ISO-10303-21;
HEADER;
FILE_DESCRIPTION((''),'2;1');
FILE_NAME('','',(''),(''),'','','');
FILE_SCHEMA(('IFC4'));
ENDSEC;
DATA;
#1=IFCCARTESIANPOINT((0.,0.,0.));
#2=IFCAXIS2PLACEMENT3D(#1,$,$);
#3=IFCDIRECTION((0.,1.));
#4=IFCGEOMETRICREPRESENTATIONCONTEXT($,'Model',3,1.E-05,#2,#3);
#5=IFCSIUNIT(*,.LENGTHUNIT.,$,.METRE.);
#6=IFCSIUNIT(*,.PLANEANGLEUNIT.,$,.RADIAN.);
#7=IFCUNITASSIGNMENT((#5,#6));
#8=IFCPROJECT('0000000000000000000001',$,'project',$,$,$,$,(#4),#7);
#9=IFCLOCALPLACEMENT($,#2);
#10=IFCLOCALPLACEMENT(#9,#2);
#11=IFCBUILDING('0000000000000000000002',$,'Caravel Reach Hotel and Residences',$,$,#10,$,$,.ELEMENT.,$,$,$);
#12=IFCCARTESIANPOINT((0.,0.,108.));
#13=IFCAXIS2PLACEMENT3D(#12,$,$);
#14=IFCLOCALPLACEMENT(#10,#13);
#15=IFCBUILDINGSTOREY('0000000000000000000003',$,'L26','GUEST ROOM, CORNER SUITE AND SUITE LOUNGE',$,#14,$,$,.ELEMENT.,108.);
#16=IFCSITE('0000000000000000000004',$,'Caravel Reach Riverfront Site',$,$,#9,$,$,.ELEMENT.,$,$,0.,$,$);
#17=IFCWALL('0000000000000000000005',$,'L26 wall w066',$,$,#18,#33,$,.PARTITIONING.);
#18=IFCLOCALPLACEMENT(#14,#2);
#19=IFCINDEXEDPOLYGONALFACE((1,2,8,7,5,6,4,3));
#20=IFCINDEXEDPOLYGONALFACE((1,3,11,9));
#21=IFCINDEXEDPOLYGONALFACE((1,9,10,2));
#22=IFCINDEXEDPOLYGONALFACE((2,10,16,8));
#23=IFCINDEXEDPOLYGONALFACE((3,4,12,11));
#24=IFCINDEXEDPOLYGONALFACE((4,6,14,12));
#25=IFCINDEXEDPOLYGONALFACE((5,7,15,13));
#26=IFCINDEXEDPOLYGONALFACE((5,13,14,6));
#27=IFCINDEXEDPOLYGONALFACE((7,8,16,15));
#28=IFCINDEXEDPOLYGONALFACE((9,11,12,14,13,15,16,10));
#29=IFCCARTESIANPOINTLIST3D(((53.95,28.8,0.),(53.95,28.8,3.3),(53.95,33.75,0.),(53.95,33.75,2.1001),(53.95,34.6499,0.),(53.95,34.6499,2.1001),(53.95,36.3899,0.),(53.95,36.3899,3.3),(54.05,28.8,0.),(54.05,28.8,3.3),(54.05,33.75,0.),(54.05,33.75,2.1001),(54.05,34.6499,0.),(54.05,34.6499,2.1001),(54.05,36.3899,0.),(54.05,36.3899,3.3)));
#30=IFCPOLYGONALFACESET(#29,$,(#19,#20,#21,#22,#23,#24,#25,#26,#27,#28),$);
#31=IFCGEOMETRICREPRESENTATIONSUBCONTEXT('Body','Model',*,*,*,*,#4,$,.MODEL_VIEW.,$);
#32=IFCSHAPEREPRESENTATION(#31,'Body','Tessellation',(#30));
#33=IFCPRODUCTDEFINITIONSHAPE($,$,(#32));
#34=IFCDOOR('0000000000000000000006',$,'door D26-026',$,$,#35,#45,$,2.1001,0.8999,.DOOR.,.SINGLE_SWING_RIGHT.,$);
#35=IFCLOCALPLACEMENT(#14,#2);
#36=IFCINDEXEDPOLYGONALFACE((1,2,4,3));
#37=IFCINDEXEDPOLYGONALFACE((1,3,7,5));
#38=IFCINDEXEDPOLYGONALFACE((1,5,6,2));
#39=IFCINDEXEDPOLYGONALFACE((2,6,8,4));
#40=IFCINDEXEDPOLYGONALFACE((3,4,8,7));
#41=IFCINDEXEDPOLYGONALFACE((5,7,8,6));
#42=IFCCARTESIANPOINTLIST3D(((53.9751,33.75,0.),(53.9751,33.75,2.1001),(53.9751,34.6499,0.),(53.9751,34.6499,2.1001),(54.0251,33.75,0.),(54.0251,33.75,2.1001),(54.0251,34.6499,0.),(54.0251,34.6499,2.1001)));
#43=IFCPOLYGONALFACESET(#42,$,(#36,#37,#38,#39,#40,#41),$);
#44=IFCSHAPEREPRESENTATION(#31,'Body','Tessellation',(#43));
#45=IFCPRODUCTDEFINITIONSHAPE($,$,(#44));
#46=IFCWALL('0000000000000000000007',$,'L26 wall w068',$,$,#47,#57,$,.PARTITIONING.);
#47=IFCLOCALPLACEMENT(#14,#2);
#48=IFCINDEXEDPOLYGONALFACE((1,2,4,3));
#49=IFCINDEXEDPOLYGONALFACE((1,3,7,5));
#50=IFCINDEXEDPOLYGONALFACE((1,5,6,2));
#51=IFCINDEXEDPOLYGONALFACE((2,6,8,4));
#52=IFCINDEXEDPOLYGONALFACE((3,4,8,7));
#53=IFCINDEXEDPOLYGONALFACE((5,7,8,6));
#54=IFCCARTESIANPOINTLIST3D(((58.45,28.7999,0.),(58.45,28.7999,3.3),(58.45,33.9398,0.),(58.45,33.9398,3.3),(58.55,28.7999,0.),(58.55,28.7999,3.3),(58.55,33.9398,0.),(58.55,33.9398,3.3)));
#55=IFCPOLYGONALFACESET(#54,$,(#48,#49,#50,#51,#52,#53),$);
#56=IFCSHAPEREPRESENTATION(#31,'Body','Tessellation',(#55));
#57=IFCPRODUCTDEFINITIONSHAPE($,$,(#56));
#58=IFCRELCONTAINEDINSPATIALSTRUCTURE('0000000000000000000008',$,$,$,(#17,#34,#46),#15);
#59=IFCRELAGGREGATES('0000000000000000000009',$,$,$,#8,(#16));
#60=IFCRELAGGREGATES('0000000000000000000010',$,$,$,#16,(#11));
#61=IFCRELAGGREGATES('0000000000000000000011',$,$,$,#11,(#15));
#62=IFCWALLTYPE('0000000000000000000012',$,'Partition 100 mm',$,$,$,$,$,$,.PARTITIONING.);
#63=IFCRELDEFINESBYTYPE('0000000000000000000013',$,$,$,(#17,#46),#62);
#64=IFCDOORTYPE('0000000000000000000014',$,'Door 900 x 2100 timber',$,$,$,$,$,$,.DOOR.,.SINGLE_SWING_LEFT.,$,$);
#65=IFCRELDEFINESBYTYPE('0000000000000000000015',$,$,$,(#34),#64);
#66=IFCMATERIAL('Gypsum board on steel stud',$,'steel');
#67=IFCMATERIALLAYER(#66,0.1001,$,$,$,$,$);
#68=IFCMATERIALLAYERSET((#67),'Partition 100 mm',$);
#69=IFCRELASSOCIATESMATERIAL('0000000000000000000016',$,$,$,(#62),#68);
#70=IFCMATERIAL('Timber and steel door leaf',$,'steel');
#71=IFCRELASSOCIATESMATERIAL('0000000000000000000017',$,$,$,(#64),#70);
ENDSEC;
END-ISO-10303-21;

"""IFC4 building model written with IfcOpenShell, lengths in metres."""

from ifc_helpers import new_model, si_unit, direction, frame, frame_2d, origin, place, context, subcontext, project, spatial, rectangle, extrude, material, layer, layer_set, type_object, element, fill, save


model = new_model("IFC4")

# Units and contexts
model_context = context("Model", 3, precision=1e-05, world=origin(), true_north=direction((0.0, 1.0)))
body_context = subcontext(model_context, "Body", "Model", "MODEL_VIEW")
ifc_project = project(units=[si_unit("LENGTHUNIT", "METRE"), si_unit("PLANEANGLEUNIT", "RADIAN")], contexts=[model_context])

# Site, building, storey
site_placement = place(None, origin())
site = spatial("IfcSite", under=ifc_project, at=site_placement, Name="Caravel Reach Riverfront Site", CompositionType="ELEMENT", RefElevation=0.0)
building_placement = place(site_placement, origin())
building = spatial("IfcBuilding", under=site, at=building_placement, Name="Caravel Reach Hotel and Residences", CompositionType="ELEMENT")
storey_placement = place(building_placement, frame((0.0, 0.0, 108.0)))
storey = spatial("IfcBuildingStorey", under=building, at=storey_placement, Name="L26", Description="GUEST ROOM, CORNER SUITE AND SUITE LOUNGE", CompositionType="ELEMENT", Elevation=108.0)

# Wall, opening, door
ifc_material_1 = material(Name="Gypsum board on steel stud", Category="steel")
ifc_layer_1 = layer(ifc_material_1, 0.1001)
ifc_layer_set_1 = layer_set([ifc_layer_1], Name="Partition 100 mm")
wall_type_1 = type_object("IfcWallType", Name="Partition 100 mm", PredefinedType="PARTITIONING", material=ifc_layer_set_1)
wall_1_placement = place(storey_placement, frame((54.0, 28.8, 0.0), z_axis=(0.0, 0.0, 1.0), x_axis=(0.0, 1.0, 0.0)))
wall_1 = element("IfcWall", 1, at=wall_1_placement, inside=storey, type_object=wall_type_1, Name="L26 wall w066", PredefinedType="PARTITIONING", context=body_context, shape_type="SweptSolid", body=[
    extrude(rectangle(XDim=7.5898, YDim=0.1001, at=frame_2d((3.7949, 0.0))), origin(), (0.0, 0.0, 1.0), 3.3),
])
opening_1_placement = place(wall_1_placement, frame((4.95, 0.0, 0.0)))
opening_1 = element("IfcOpeningElement", 2, at=opening_1_placement, cuts=wall_1, PredefinedType="OPENING", context=body_context, shape_type="SweptSolid", body=[
    extrude(rectangle(XDim=0.8999, YDim=2.1001, at=frame_2d((0.45, 1.05))), frame((0.0, 0.0601, 0.0), z_axis=(0.0, -1.0, 0.0), x_axis=(1.0, 0.0, 0.0)), (0.0, 0.0, 1.0), 0.1201),
])
ifc_material_2 = material(Name="Timber and steel door leaf", Category="steel")
door_type_1 = type_object("IfcDoorType", Name="Door 900 x 2100 timber", OperationType="SINGLE_SWING_LEFT", PredefinedType="DOOR", material=ifc_material_2)
door_1_placement = place(opening_1_placement, origin())
door_1 = element("IfcDoor", 3, at=door_1_placement, inside=storey, type_object=door_type_1, Name="door D26-026", OperationType="SINGLE_SWING_RIGHT", OverallHeight=2.1001, OverallWidth=0.8999, PredefinedType="DOOR", context=body_context, shape_type="SweptSolid", body=[
    extrude(rectangle(XDim=0.8999, YDim=2.1001, at=frame_2d((0.45, 1.05))), frame((0.0, 0.0249, 0.0), z_axis=(0.0, -1.0, 0.0), x_axis=(1.0, 0.0, 0.0)), (0.0, 0.0, 1.0), 0.05),
])
fill(opening_1, door_1)

# Wall
wall_2_placement = place(storey_placement, frame((58.5, 28.8, 0.0), z_axis=(0.0, 0.0, 1.0), x_axis=(0.0, 1.0, 0.0)))
element("IfcWall", 4, at=wall_2_placement, inside=storey, type_object=wall_type_1, Name="L26 wall w068", PredefinedType="PARTITIONING", context=body_context, shape_type="SweptSolid", body=[
    extrude(rectangle(XDim=5.1399, YDim=0.1001, at=frame_2d((2.5698, 0.0))), origin(), (0.0, 0.0, 1.0), 3.3),
])

save(model, "model.ifc")
